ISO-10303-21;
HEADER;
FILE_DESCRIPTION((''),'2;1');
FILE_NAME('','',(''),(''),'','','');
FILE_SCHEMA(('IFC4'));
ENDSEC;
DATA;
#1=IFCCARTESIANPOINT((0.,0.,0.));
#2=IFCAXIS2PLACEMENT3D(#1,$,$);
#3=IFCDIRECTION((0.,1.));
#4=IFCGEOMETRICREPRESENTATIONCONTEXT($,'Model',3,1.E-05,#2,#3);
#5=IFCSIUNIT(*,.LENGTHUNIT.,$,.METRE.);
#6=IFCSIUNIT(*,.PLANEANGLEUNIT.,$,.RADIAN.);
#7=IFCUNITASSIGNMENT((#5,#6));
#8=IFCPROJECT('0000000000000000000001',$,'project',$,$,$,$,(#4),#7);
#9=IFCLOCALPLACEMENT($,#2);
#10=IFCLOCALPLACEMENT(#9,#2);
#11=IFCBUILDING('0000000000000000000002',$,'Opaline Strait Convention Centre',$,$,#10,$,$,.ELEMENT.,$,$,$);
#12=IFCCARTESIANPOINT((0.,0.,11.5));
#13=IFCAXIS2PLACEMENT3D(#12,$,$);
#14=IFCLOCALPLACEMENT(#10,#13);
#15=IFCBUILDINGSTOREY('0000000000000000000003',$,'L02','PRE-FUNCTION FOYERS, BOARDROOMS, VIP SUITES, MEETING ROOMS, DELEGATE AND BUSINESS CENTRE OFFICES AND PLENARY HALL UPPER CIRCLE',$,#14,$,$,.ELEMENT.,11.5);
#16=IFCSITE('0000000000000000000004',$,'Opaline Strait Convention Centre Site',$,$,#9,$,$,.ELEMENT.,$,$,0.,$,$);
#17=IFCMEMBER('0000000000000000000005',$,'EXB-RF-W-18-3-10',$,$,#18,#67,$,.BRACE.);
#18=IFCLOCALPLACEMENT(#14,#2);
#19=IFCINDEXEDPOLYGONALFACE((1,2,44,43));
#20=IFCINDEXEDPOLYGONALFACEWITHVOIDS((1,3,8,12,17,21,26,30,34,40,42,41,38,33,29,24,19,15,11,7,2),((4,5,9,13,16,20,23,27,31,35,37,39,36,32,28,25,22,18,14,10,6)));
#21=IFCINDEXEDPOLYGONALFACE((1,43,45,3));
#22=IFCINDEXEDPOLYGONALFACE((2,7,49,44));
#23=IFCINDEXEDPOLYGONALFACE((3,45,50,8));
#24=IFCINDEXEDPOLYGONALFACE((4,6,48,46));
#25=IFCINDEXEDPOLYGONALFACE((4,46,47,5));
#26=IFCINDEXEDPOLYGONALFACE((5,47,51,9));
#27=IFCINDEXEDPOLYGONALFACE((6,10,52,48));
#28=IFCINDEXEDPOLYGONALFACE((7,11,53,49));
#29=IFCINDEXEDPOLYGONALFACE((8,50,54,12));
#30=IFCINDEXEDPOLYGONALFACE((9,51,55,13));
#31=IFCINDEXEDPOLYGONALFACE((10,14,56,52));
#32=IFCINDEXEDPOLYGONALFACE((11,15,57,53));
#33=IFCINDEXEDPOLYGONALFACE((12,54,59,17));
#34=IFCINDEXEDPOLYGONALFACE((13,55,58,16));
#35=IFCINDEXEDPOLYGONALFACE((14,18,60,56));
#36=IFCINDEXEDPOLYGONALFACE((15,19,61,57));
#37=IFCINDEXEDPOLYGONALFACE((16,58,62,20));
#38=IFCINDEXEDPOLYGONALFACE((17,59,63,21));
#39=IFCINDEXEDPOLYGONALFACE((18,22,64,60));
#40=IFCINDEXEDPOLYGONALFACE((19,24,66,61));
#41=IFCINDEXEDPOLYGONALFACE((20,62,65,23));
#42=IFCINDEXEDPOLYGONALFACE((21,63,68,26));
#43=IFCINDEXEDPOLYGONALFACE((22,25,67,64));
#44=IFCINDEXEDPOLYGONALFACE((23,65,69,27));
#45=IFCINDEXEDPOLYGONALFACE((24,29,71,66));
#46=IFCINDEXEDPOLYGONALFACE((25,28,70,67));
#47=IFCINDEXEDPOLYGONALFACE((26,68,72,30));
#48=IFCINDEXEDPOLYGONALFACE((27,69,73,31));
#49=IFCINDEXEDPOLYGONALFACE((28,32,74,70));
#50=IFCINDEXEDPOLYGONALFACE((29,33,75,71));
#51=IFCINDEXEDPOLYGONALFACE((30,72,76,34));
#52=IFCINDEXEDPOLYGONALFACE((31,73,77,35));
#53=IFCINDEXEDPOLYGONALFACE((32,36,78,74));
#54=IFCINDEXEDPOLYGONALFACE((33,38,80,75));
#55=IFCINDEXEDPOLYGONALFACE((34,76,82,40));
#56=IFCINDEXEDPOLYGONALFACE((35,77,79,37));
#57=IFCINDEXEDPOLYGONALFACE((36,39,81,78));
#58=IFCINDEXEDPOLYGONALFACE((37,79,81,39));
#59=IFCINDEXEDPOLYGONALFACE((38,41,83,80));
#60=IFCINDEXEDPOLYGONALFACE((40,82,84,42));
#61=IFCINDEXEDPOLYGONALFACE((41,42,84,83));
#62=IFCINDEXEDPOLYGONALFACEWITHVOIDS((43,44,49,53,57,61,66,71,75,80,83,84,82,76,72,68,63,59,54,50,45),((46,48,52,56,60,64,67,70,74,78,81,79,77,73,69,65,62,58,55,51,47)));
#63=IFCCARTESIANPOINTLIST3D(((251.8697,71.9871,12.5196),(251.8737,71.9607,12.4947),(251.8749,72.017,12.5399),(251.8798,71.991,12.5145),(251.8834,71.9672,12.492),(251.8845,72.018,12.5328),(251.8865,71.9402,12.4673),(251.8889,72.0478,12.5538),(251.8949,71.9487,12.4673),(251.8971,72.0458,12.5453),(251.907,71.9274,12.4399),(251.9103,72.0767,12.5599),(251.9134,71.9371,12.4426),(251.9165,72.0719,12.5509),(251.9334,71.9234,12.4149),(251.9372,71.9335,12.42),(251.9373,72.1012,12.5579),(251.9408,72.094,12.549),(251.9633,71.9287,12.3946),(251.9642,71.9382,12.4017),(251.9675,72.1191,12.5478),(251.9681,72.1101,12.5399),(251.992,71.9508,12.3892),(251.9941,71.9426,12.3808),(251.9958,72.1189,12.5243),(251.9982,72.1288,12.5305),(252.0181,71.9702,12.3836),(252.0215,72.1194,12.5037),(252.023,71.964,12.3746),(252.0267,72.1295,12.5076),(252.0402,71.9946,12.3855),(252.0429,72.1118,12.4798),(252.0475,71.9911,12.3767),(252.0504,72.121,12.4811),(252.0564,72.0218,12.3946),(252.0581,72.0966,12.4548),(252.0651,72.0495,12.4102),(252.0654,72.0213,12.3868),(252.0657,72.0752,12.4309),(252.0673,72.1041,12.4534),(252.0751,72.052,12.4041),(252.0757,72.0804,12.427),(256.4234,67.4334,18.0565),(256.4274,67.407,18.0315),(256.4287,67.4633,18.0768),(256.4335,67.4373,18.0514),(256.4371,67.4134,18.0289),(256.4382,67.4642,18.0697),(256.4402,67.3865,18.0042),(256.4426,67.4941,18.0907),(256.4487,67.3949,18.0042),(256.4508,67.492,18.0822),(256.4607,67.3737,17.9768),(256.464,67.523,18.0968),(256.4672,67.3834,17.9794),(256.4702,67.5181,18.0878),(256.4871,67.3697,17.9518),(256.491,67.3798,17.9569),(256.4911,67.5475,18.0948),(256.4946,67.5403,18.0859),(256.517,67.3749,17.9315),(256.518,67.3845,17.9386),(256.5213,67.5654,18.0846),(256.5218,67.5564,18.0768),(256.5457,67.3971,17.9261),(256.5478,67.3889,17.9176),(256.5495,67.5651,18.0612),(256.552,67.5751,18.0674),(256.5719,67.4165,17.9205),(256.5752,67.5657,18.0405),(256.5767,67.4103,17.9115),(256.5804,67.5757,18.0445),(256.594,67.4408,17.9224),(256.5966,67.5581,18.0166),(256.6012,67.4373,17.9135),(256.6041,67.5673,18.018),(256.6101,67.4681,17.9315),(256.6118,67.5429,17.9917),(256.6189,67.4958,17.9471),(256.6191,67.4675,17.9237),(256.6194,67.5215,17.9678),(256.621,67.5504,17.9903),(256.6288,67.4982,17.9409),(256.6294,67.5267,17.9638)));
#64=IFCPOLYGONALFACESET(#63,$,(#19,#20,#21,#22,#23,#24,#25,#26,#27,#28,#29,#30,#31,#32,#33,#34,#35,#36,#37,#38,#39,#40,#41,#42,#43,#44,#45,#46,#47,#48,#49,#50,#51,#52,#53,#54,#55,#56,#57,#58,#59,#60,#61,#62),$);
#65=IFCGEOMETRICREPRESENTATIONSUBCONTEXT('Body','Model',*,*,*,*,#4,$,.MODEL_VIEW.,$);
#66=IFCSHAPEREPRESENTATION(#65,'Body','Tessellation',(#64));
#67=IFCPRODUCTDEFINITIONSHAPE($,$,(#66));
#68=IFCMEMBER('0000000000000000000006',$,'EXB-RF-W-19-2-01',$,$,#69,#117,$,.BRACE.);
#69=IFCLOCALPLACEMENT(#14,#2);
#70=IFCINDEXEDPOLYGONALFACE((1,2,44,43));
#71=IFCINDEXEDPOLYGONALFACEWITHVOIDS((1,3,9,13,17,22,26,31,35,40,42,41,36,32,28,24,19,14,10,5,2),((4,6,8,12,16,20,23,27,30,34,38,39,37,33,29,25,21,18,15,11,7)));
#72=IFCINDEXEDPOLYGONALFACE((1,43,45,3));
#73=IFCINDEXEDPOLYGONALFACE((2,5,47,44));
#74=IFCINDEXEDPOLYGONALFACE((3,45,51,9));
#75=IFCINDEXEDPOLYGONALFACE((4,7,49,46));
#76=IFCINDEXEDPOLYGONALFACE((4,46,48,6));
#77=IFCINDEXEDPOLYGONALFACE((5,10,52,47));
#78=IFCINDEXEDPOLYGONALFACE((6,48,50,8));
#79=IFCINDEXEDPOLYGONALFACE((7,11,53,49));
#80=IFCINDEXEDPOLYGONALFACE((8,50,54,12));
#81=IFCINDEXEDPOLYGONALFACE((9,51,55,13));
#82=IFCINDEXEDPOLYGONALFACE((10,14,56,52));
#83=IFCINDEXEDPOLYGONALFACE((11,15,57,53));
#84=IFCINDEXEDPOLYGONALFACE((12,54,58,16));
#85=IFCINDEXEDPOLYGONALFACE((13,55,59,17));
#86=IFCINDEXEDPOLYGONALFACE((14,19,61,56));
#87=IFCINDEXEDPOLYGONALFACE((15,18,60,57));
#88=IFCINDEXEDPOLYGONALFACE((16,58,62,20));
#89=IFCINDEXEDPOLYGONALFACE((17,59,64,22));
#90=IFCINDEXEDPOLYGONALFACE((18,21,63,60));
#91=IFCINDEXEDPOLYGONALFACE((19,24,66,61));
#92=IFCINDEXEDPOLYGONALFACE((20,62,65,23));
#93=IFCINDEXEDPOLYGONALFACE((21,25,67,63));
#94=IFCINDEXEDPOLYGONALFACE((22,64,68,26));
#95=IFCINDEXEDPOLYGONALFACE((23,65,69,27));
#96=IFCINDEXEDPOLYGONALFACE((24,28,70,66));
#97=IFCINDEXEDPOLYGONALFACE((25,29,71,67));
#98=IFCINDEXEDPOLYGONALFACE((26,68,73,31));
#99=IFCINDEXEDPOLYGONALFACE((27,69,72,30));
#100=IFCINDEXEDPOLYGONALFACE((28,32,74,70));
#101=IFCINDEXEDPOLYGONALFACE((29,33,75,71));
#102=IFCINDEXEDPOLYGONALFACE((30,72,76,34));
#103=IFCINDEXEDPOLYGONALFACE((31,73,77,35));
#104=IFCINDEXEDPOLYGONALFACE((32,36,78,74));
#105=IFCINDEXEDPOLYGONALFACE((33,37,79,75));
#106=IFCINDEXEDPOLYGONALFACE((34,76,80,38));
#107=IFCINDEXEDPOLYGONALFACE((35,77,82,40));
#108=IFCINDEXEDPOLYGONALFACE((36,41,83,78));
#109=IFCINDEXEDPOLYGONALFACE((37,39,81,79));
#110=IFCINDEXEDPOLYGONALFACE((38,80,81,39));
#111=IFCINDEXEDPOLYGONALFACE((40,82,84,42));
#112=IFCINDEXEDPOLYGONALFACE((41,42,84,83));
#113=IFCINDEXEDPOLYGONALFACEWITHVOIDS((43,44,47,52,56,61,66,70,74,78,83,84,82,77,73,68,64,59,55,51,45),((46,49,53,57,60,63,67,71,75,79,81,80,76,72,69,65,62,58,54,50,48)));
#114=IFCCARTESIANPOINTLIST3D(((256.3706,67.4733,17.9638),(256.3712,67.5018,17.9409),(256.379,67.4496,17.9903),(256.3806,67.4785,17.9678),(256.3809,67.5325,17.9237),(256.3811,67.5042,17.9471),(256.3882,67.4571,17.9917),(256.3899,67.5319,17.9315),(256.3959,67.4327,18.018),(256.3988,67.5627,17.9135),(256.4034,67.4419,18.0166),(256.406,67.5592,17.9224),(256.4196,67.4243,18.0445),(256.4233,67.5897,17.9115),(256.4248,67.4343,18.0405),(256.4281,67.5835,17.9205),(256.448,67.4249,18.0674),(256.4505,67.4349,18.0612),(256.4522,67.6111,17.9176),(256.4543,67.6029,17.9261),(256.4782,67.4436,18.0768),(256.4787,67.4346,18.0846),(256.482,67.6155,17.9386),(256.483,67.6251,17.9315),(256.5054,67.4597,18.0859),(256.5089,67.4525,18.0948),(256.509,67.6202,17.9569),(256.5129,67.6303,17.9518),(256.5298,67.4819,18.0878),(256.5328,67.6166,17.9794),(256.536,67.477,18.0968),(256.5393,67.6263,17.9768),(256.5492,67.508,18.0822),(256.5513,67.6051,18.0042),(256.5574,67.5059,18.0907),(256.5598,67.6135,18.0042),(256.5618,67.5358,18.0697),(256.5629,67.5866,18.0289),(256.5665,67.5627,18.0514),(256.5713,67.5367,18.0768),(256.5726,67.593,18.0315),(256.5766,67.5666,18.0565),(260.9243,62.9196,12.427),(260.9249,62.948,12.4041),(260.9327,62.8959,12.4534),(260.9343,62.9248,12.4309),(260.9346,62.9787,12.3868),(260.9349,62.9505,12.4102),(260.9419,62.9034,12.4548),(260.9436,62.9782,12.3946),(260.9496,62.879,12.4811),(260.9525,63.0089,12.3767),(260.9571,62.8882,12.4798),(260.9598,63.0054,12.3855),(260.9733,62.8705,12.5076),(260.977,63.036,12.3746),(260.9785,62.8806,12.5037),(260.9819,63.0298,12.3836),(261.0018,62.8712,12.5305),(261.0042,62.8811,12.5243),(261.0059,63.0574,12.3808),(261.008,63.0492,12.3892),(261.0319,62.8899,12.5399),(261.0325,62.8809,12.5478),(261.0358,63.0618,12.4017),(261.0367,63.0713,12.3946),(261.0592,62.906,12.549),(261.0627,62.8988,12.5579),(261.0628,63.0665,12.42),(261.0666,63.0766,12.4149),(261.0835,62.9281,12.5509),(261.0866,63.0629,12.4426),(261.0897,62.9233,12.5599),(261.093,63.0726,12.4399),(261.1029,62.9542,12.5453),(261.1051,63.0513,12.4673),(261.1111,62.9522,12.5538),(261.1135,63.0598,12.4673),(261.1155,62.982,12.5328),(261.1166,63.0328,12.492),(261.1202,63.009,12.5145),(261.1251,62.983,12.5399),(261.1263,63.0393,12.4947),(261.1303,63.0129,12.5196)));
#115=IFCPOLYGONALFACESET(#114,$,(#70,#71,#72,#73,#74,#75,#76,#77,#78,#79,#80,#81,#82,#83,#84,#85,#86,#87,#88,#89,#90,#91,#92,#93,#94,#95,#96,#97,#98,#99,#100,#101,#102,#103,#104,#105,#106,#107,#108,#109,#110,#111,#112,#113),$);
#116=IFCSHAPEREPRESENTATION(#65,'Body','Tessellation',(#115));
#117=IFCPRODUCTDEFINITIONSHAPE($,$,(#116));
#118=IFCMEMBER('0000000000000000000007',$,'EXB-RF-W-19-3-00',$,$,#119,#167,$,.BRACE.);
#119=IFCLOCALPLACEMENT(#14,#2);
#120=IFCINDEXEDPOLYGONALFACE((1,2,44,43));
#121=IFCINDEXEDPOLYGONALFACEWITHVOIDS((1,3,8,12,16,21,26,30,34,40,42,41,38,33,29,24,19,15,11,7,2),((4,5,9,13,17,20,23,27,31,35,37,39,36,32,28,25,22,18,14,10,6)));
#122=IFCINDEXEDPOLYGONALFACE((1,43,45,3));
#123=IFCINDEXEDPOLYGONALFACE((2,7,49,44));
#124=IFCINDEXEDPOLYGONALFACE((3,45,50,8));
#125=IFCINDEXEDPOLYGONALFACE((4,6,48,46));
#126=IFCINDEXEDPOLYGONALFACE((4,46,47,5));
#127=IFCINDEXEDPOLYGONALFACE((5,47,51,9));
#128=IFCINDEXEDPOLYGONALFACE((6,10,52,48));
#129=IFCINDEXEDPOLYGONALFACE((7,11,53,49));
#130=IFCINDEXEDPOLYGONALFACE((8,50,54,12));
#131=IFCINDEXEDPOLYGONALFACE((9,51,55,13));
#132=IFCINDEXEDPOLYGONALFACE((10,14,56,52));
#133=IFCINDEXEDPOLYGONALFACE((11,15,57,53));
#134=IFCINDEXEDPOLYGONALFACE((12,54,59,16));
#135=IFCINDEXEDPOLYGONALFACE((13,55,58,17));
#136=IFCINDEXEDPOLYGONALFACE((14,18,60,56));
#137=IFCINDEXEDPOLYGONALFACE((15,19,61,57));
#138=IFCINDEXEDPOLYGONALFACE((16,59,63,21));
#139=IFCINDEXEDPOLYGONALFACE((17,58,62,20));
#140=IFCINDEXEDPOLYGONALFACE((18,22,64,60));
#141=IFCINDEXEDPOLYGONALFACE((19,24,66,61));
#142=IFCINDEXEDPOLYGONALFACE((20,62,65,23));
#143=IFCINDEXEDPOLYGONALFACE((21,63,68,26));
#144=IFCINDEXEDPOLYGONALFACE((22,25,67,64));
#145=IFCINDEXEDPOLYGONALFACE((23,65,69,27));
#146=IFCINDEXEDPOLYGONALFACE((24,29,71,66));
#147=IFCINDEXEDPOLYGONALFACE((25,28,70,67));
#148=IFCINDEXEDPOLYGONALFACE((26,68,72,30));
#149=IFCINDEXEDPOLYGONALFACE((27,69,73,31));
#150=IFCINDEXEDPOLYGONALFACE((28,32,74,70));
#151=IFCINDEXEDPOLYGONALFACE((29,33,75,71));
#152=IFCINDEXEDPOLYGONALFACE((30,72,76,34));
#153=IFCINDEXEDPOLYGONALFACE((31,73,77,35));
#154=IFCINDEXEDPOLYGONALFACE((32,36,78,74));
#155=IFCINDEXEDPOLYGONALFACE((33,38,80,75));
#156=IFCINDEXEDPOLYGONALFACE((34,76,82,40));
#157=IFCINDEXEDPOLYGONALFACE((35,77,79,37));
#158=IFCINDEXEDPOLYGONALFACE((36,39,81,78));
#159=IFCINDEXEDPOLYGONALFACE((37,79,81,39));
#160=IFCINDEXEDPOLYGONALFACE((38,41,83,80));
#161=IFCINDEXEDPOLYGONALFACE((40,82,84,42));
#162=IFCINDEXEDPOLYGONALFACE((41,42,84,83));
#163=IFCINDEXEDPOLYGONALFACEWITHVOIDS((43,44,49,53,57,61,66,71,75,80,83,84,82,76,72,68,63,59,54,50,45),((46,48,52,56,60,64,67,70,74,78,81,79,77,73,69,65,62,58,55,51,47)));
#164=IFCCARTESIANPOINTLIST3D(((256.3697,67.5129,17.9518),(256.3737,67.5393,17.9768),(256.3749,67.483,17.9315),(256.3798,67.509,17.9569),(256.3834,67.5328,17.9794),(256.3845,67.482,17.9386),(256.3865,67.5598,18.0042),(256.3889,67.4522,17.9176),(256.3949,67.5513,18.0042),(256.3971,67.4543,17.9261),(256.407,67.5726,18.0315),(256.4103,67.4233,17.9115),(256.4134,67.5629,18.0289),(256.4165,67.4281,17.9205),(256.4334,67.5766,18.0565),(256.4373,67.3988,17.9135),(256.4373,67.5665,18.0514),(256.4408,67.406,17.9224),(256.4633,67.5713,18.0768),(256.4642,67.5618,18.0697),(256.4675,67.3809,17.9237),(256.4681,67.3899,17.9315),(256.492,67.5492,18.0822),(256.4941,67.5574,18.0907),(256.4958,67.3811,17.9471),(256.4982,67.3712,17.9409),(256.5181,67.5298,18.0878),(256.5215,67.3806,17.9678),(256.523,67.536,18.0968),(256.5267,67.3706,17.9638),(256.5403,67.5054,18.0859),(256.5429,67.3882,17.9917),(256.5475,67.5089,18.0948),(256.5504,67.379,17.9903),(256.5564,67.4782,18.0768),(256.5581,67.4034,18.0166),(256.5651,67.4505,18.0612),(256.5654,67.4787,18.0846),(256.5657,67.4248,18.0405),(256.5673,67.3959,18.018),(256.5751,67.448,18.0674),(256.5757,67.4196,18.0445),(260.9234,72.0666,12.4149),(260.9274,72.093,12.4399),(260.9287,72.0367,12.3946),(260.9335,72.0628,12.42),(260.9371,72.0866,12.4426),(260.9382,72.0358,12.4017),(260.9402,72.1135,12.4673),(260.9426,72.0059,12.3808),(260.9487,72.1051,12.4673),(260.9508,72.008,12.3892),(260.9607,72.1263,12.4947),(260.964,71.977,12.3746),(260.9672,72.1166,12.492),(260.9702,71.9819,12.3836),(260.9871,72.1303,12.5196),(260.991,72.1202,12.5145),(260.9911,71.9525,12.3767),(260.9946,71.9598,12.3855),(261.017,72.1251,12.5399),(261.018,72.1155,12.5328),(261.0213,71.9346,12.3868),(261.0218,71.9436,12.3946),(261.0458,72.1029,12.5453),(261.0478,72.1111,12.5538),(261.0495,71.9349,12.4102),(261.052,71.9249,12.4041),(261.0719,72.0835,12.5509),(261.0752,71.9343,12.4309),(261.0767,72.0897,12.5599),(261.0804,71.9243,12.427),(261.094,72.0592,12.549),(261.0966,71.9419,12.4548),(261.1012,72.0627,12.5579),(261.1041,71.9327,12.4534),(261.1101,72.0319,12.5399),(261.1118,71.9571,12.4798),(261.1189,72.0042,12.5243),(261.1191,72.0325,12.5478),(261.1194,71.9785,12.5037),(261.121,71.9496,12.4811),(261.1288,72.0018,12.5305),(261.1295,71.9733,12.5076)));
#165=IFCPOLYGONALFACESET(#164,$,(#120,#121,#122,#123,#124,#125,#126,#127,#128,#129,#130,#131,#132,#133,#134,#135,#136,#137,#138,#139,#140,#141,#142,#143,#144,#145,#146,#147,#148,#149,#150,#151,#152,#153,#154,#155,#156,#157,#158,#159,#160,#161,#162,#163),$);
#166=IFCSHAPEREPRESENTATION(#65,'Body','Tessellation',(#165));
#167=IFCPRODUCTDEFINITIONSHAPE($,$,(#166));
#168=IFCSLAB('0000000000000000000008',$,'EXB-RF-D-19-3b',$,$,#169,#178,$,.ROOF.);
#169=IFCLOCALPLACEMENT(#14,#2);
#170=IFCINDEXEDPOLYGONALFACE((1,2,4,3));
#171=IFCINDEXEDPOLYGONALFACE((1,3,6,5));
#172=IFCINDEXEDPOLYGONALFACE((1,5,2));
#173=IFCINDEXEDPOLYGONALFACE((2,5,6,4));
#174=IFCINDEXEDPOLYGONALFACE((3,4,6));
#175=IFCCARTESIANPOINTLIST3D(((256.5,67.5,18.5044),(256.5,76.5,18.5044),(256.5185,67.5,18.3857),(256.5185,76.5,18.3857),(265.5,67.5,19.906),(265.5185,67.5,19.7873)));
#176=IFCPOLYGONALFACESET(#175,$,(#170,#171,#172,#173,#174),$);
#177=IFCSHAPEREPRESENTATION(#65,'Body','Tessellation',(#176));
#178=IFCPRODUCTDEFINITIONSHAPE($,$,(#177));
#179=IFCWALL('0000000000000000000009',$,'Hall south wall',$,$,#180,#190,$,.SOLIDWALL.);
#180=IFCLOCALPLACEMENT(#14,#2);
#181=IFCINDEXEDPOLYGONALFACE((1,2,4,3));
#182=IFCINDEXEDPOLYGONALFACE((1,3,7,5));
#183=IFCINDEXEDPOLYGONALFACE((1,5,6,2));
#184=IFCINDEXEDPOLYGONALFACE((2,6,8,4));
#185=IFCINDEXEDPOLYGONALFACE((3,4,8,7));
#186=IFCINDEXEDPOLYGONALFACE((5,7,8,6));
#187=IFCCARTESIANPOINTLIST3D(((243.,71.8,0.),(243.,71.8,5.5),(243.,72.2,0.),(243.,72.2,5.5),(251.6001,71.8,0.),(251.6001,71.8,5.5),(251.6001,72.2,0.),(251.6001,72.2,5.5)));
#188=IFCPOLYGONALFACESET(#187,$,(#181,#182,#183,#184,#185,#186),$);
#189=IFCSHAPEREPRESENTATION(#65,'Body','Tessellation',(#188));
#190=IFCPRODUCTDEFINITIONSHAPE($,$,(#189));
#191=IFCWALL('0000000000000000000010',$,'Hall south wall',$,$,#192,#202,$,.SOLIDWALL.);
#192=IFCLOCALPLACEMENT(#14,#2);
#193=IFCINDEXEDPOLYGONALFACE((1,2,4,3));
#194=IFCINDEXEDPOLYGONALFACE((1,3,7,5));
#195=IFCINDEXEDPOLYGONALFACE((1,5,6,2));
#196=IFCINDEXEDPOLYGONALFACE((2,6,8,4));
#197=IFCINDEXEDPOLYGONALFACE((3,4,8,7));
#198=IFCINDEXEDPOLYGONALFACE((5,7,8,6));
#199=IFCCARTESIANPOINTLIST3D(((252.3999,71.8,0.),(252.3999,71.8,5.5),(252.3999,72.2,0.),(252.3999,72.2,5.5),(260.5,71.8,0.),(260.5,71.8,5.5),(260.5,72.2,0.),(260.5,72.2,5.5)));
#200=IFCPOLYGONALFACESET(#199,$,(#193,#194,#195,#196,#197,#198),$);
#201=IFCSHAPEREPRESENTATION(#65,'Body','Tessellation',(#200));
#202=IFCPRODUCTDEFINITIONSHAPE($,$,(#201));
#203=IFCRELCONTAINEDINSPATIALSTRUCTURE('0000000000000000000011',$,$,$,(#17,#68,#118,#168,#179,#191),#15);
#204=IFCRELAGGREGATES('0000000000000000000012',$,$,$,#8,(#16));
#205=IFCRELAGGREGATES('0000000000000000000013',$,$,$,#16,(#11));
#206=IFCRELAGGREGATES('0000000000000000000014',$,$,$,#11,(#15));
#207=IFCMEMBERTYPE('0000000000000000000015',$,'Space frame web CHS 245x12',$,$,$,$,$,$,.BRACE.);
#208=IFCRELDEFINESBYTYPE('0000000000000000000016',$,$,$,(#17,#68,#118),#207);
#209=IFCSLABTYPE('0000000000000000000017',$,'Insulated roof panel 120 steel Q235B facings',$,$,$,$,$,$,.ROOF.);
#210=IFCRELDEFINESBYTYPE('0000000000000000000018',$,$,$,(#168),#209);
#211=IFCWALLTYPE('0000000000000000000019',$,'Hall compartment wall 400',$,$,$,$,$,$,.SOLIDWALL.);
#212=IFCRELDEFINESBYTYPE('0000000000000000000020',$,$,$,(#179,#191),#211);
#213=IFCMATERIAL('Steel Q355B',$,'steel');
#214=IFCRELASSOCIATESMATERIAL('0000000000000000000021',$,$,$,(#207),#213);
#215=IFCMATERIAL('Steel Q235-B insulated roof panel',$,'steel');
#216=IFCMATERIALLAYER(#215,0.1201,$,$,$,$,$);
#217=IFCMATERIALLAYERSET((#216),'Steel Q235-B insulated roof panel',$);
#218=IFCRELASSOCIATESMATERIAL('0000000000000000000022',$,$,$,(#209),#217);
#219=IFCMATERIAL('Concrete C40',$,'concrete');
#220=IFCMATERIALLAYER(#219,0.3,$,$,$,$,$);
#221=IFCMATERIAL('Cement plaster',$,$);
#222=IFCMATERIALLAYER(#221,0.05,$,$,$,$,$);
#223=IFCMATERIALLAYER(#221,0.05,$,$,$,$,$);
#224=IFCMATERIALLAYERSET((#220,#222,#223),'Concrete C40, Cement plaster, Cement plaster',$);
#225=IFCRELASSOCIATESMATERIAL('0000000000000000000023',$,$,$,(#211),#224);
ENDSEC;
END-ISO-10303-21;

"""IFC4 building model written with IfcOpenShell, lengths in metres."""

from ifc_helpers import new_model, si_unit, direction, frame, frame_2d, origin, origin_2d, place, context, subcontext, project, spatial, polyline, rectangle, hollow_circle, outline, extrude, material, layer, layer_set, material_profile, profile_set, type_object, element, save


model = new_model("IFC4")

# Units and contexts
model_context = context("Model", 3, precision=1e-05, world=origin(), true_north=direction((0.0, 1.0)))
body_context = subcontext(model_context, "Body", "Model", "MODEL_VIEW")
ifc_project = project(units=[si_unit("LENGTHUNIT", "METRE"), si_unit("PLANEANGLEUNIT", "RADIAN")], contexts=[model_context])

# Site, building, storey
site_placement = place(None, origin())
site = spatial("IfcSite", under=ifc_project, at=site_placement, Name="Opaline Strait Convention Centre Site", CompositionType="ELEMENT", RefElevation=0.0)
building_placement = place(site_placement, origin())
building = spatial("IfcBuilding", under=site, at=building_placement, Name="Opaline Strait Convention Centre", CompositionType="ELEMENT")
storey_placement = place(building_placement, frame((0.0, 0.0, 11.5)))
storey = spatial("IfcBuildingStorey", under=building, at=storey_placement, Name="L02", Description="PRE-FUNCTION FOYERS, BOARDROOMS, VIP SUITES, MEETING ROOMS, DELEGATE AND BUSINESS CENTRE OFFICES AND PLENARY HALL UPPER CIRCLE", CompositionType="ELEMENT", Elevation=11.5)

# Members
ifc_material_1 = material(Name="Steel Q355B", Category="steel")
ifc_material_profile_1 = material_profile(ifc_material_1, hollow_circle(Radius=0.1226, WallThickness=0.012, at=origin_2d()), Name="CHS 245x12")
ifc_profile_set_1 = profile_set([ifc_material_profile_1], Name="Steel Q355B")
member_type_1 = type_object("IfcMemberType", Name="Space frame web CHS 245x12", PredefinedType="BRACE", material=ifc_profile_set_1)
for number, where, z_axis, x_axis, name in (
    (1, (256.5269, 67.4731, 18.0042), (-0.536178, 0.536178, -0.65194), (-0.707107, -0.707107, 0.0), "EXB-RF-W-18-3-10"),
    (2, (256.4731, 67.5269, 18.0042), (0.536178, -0.536178, -0.65194), (0.707107, 0.707107, 0.0), "EXB-RF-W-19-2-01"),
    (3, (256.4731, 67.4731, 18.0042), (0.536178, 0.536178, -0.65194), (-0.707107, 0.707107, 0.0), "EXB-RF-W-19-3-00"),
):
    element("IfcMember", number, at=place(storey_placement, frame(where, z_axis=z_axis, x_axis=x_axis)), inside=storey, type_object=member_type_1, Name=name, PredefinedType="BRACE", context=body_context, shape_type="SweptSolid", body=[
        extrude(hollow_circle(Radius=0.1226, WallThickness=0.012, at=origin_2d()), origin(), (0.0, 0.0, 1.0), 8.4929),
    ])

# Slab
ifc_material_2 = material(Name="Steel Q235-B insulated roof panel", Category="steel")
ifc_layer_1 = layer(ifc_material_2, 0.1201)
ifc_layer_set_1 = layer_set([ifc_layer_1], Name="Steel Q235-B insulated roof panel")
slab_type = type_object("IfcSlabType", Name="Insulated roof panel 120 steel Q235B facings", PredefinedType="ROOF", material=ifc_layer_set_1)
slab_placement = place(storey_placement, frame((256.5, 67.5, 18.5044), z_axis=(-0.15388, 0.0, 0.98809), x_axis=(0.98809, 0.0, 0.15388)))
element("IfcSlab", 4, at=slab_placement, inside=storey, type_object=slab_type, Name="EXB-RF-D-19-3b", PredefinedType="ROOF", context=body_context, shape_type="SweptSolid", body=[
    extrude(outline(polyline([(0.0, 0.0), (9.1085, 0.0), (0.0, 9.0), (0.0, 0.0)])), origin(), (0.0, 0.0, -1.0), 0.1201),
])

# Walls
ifc_material_3 = material(Name="Concrete C40", Category="concrete")
ifc_layer_2 = layer(ifc_material_3, 0.3)
ifc_material_4 = material(Name="Cement plaster")
ifc_layer_3 = layer(ifc_material_4, 0.05)
ifc_layer_4 = layer(ifc_material_4, 0.05)
ifc_layer_set_2 = layer_set([ifc_layer_2, ifc_layer_3, ifc_layer_4], Name="Concrete C40, Cement plaster, Cement plaster")
wall_type = type_object("IfcWallType", Name="Hall compartment wall 400", PredefinedType="SOLIDWALL", material=ifc_layer_set_2)
wall_1_placement = place(storey_placement, frame((243.0, 72.0, 0.0), z_axis=(0.0, 0.0, 1.0), x_axis=(1.0, 0.0, 0.0)))
element("IfcWall", 5, at=wall_1_placement, inside=storey, type_object=wall_type, Name="Hall south wall", PredefinedType="SOLIDWALL", context=body_context, shape_type="SweptSolid", body=[
    extrude(rectangle(XDim=8.6001, YDim=0.3999, at=frame_2d((4.3, 0.0))), origin(), (0.0, 0.0, 1.0), 5.5),
])
wall_2_placement = place(storey_placement, frame((252.3999, 72.0, 0.0), z_axis=(0.0, 0.0, 1.0), x_axis=(1.0, 0.0, 0.0)))
element("IfcWall", 6, at=wall_2_placement, inside=storey, type_object=wall_type, Name="Hall south wall", PredefinedType="SOLIDWALL", context=body_context, shape_type="SweptSolid", body=[
    extrude(rectangle(XDim=8.1001, YDim=0.3999, at=frame_2d((4.05, 0.0))), origin(), (0.0, 0.0, 1.0), 5.5),
])

save(model, "model.ifc")
